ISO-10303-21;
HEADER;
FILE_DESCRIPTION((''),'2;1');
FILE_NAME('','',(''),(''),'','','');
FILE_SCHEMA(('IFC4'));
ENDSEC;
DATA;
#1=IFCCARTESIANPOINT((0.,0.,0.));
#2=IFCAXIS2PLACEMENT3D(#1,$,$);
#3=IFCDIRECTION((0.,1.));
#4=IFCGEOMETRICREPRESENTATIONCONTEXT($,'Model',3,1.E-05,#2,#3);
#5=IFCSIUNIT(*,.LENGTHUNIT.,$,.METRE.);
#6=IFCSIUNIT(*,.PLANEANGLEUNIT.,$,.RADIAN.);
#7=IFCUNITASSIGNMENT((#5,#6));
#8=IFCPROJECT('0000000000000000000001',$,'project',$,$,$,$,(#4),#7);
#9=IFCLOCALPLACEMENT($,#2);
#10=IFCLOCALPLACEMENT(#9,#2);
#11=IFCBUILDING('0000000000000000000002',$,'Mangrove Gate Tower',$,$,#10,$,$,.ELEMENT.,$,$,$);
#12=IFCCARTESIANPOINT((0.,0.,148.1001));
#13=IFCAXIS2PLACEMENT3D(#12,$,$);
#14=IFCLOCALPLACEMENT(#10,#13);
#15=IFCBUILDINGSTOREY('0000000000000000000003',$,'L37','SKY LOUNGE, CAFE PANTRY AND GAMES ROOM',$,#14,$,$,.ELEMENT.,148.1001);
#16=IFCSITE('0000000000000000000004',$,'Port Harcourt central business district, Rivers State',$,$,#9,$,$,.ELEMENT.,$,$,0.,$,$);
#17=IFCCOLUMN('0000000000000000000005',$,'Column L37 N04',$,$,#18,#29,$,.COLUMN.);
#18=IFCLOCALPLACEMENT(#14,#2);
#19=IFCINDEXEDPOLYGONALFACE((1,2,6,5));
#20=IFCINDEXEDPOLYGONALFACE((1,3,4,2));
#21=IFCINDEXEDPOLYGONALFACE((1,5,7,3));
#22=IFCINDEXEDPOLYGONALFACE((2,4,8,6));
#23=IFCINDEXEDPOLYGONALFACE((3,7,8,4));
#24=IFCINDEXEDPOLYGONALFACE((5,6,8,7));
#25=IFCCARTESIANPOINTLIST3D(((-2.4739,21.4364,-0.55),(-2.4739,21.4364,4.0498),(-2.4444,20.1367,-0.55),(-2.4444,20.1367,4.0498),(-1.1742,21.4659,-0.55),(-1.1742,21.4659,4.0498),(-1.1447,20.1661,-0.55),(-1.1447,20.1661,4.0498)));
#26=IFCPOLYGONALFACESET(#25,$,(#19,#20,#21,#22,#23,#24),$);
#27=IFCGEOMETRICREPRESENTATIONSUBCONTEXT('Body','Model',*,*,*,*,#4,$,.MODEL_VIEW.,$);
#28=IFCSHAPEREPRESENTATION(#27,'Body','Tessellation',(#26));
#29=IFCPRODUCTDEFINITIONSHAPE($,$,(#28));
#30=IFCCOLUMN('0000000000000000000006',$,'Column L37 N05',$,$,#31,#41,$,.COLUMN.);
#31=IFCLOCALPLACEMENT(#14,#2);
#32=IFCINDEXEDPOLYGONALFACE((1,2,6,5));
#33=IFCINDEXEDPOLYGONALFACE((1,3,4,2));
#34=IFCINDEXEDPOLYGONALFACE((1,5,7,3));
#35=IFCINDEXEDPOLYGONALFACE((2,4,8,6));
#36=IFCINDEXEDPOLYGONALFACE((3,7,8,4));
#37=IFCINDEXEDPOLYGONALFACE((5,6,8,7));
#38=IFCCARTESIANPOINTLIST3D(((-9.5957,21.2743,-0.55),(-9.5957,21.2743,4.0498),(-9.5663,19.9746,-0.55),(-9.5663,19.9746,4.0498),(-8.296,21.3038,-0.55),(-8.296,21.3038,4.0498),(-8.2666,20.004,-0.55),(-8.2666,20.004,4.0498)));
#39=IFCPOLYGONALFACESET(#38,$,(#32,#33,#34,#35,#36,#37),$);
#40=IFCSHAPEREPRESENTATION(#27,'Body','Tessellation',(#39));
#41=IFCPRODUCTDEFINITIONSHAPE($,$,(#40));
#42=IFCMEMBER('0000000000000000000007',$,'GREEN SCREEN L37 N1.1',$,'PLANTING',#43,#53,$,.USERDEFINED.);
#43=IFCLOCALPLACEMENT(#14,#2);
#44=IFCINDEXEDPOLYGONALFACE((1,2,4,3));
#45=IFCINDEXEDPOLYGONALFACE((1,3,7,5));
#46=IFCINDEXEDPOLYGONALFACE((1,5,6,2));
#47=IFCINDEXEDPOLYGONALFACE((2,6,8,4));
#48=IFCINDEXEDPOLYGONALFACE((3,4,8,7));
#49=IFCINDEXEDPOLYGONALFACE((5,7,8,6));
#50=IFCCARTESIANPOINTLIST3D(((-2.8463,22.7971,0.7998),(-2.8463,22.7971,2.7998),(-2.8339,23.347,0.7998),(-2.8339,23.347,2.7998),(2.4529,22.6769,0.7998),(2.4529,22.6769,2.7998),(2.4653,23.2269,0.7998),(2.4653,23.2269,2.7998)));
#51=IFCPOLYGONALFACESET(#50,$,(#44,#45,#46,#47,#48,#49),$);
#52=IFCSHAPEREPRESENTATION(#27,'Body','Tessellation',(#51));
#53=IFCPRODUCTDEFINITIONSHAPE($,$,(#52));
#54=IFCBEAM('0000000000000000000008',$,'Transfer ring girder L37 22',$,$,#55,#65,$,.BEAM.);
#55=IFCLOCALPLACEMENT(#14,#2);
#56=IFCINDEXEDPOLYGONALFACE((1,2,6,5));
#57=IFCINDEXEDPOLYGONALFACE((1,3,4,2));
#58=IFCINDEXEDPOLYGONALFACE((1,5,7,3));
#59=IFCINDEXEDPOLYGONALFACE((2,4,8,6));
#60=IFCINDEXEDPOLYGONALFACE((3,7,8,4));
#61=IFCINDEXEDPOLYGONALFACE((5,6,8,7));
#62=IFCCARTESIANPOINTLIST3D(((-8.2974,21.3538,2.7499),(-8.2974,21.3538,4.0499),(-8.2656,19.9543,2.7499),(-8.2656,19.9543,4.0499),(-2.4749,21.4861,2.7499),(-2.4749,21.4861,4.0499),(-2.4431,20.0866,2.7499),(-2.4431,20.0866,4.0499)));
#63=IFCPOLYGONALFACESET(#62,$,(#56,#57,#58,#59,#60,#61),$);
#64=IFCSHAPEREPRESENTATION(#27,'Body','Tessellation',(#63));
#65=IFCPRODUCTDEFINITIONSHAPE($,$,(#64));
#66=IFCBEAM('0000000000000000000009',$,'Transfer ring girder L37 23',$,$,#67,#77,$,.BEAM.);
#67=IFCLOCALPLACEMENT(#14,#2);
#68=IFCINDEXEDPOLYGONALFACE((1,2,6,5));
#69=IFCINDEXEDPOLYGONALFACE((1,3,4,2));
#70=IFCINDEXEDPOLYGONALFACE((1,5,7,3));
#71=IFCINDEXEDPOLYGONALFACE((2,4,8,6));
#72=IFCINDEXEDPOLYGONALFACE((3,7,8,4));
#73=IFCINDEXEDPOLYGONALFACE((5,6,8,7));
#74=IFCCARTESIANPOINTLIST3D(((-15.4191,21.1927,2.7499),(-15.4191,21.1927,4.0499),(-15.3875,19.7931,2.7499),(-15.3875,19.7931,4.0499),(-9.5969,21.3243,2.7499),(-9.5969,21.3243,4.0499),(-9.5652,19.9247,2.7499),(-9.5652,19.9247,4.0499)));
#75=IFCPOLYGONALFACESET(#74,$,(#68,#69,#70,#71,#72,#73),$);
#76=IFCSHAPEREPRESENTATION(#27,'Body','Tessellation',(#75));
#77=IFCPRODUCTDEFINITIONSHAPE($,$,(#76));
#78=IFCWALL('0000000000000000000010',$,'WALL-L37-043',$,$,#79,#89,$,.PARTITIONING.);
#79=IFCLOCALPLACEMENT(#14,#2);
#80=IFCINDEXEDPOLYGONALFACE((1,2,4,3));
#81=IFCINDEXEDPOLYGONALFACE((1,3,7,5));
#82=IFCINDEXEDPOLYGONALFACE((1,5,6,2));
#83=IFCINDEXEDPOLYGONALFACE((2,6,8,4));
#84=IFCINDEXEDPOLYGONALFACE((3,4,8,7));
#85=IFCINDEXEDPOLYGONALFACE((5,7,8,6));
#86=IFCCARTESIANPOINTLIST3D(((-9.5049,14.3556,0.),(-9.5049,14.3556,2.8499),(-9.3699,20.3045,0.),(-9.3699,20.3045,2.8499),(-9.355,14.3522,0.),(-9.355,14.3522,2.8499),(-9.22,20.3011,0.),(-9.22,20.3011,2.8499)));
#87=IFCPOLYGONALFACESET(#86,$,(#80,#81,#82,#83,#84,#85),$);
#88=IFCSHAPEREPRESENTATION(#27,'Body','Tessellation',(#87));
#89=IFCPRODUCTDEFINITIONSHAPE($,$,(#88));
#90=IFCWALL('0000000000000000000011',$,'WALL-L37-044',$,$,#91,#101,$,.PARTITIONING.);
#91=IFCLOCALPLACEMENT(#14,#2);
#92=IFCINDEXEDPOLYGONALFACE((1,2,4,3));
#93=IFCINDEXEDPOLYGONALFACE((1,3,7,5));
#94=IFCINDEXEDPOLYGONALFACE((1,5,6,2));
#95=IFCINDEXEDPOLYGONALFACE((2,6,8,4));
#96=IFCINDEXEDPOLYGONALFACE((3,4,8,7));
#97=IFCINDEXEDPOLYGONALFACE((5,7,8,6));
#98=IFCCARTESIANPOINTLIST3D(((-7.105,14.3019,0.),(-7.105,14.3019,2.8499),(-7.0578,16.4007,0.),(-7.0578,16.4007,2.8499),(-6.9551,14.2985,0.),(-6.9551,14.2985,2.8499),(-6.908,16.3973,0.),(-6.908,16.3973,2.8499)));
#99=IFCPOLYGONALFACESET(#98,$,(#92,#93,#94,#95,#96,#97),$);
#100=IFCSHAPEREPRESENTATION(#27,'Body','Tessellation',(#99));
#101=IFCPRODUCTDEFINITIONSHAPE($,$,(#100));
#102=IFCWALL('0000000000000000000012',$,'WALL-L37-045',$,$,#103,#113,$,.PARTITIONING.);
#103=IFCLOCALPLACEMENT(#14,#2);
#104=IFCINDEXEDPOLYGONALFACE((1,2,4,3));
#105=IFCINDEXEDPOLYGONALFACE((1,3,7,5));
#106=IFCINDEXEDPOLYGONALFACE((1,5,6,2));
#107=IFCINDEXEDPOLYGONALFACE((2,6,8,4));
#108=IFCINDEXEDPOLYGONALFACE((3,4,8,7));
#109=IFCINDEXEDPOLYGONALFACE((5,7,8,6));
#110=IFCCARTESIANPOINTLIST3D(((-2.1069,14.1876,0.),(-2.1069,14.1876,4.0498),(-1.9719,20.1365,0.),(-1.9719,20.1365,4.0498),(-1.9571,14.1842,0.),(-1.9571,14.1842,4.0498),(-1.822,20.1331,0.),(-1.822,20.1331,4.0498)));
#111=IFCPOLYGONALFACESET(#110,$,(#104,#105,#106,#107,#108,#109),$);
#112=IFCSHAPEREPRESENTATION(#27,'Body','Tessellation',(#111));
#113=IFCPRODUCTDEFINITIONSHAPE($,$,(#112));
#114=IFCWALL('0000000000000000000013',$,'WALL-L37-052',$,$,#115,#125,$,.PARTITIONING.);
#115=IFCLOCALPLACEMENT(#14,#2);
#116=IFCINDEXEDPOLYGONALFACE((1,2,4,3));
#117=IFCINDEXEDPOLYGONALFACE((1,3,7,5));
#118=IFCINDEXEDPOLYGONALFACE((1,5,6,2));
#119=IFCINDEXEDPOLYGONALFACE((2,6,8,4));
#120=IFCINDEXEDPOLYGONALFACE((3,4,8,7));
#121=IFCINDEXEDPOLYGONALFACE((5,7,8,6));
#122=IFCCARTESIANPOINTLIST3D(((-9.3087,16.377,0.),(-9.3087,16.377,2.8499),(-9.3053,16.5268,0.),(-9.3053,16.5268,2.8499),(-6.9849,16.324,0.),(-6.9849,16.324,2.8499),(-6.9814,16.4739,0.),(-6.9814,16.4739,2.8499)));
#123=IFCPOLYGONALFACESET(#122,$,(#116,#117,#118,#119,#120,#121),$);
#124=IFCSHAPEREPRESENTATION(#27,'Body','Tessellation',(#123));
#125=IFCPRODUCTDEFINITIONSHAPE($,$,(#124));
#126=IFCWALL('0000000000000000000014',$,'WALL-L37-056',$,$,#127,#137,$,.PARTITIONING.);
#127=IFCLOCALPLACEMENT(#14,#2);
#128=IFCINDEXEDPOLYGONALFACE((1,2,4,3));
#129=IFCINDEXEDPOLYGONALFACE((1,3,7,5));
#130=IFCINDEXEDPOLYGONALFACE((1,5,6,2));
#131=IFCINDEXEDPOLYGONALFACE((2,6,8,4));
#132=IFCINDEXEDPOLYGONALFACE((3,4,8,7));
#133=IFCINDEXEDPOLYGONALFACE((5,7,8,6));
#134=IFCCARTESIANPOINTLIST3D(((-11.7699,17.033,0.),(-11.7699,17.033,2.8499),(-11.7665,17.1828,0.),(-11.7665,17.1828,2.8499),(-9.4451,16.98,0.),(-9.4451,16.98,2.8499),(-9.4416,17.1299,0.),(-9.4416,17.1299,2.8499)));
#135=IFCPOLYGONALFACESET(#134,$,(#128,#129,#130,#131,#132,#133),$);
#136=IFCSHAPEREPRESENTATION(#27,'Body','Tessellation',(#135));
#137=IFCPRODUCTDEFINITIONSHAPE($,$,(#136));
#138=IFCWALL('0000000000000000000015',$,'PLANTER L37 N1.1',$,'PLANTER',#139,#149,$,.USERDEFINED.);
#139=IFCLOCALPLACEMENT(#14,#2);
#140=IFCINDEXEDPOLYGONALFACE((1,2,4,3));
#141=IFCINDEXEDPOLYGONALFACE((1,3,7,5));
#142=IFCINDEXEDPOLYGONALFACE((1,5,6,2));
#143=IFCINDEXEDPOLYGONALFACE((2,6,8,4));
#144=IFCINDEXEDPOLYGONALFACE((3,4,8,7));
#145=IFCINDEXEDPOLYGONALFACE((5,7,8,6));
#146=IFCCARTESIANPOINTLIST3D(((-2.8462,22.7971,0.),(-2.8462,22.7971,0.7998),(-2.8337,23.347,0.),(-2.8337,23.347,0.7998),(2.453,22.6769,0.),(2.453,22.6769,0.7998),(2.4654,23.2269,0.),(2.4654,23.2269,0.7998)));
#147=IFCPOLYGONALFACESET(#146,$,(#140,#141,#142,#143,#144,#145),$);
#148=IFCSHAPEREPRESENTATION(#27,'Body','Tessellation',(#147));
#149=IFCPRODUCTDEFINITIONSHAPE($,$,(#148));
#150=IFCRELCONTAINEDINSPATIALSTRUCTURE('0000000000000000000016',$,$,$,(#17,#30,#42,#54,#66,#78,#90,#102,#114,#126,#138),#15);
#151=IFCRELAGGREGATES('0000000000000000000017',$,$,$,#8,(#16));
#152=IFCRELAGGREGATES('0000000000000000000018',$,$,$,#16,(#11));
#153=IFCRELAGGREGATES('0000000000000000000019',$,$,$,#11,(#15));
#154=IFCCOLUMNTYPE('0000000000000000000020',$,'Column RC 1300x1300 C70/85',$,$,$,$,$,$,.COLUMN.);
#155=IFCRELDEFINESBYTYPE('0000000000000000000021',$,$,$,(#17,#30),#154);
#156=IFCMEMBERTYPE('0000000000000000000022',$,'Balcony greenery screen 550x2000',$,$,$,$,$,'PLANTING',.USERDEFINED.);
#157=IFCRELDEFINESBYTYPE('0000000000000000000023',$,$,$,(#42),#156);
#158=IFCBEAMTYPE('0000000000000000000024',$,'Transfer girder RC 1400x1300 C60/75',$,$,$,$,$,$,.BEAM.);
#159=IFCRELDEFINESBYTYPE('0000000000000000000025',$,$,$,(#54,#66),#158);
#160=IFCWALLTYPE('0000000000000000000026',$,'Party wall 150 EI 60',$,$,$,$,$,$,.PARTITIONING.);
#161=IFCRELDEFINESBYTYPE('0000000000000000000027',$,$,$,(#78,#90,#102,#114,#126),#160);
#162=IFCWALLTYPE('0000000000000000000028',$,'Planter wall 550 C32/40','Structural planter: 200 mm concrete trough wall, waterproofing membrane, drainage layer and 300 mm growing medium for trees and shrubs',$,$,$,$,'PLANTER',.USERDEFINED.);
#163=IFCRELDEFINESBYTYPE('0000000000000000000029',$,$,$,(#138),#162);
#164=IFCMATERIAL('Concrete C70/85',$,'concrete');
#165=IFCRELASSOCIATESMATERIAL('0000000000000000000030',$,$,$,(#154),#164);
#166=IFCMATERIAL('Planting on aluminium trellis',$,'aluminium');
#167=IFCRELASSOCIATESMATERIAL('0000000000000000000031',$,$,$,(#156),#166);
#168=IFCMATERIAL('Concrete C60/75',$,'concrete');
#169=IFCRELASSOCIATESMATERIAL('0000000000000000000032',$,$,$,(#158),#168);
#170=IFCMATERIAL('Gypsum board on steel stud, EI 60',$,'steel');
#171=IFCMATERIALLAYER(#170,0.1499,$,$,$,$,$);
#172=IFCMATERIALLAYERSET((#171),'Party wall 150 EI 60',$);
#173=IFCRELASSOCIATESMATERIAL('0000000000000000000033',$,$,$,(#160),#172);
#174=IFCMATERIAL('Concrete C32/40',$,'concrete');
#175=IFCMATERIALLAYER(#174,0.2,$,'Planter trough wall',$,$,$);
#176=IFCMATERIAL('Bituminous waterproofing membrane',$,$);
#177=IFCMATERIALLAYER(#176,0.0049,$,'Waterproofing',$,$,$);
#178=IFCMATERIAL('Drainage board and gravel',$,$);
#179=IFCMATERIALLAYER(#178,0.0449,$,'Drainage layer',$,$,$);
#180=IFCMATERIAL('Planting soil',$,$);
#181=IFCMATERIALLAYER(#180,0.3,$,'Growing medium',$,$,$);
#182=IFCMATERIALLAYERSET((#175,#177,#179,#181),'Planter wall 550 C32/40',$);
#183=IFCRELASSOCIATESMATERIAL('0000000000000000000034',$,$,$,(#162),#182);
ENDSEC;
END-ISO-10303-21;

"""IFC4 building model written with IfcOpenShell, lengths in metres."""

from ifc_helpers import new_model, si_unit, direction, frame, frame_2d, origin, origin_2d, place, context, subcontext, project, spatial, rectangle, extrude, material, layer, layer_set, material_profile, profile_set, type_object, element, save


model = new_model("IFC4")

# Units and contexts
model_context = context("Model", 3, precision=1e-05, world=origin(), true_north=direction((0.0, 1.0)))
body_context = subcontext(model_context, "Body", "Model", "MODEL_VIEW")
ifc_project = project(units=[si_unit("LENGTHUNIT", "METRE"), si_unit("PLANEANGLEUNIT", "RADIAN")], contexts=[model_context])

# Site, building, storey
site_placement = place(None, origin())
site = spatial("IfcSite", under=ifc_project, at=site_placement, Name="Port Harcourt central business district, Rivers State", CompositionType="ELEMENT", RefElevation=0.0)
building_placement = place(site_placement, origin())
building = spatial("IfcBuilding", under=site, at=building_placement, Name="Mangrove Gate Tower", CompositionType="ELEMENT")
storey_placement = place(building_placement, frame((0.0, 0.0, 148.1001)))
storey = spatial("IfcBuildingStorey", under=building, at=storey_placement, Name="L37", Description="SKY LOUNGE, CAFE PANTRY AND GAMES ROOM", CompositionType="ELEMENT", Elevation=148.1001)

# Columns
ifc_material_1 = material(Name="Concrete C70/85", Category="concrete")
ifc_material_profile_1 = material_profile(ifc_material_1, rectangle(XDim=1.3, YDim=1.3, at=origin_2d()))
ifc_profile_set_1 = profile_set([ifc_material_profile_1], Name="Concrete C70/85")
column_type = type_object("IfcColumnType", Name="Column RC 1300x1300 C70/85", PredefinedType="COLUMN", material=ifc_profile_set_1)
for number, where, z_axis, x_axis, name in (
    (1, (-1.8093, 20.8013, -0.55), (0.0, 0.0, 1.0), (-0.999743, -0.02267, 0.0), "Column L37 N04"),
    (2, (-8.9312, 20.6392, -0.55), (0.0, 0.0, 1.0), (-0.999743, -0.02267, 0.0), "Column L37 N05"),
):
    element("IfcColumn", number, at=place(storey_placement, frame(where, z_axis=z_axis, x_axis=x_axis)), inside=storey, type_object=column_type, Name=name, PredefinedType="COLUMN", context=body_context, shape_type="SweptSolid", body=[
        extrude(rectangle(XDim=1.3, YDim=1.3, at=origin_2d()), origin(), (0.0, 0.0, 1.0), 4.5999),
    ])

# Member
ifc_material_2 = material(Name="Planting on aluminium trellis", Category="aluminium")
ifc_material_profile_2 = material_profile(ifc_material_2, rectangle(XDim=0.55, YDim=2.0, at=origin_2d()))
ifc_profile_set_2 = profile_set([ifc_material_profile_2], Name="Planting on aluminium trellis")
member_type = type_object("IfcMemberType", Name="Balcony greenery screen 550x2000", ElementType="PLANTING", PredefinedType="USERDEFINED", material=ifc_profile_set_2)
member_placement = place(storey_placement, frame((-2.8401, 23.072, 1.7998), z_axis=(0.999743, -0.022662, 0.0), x_axis=(0.022662, 0.999743, 0.0)))
element("IfcMember", 3, at=member_placement, inside=storey, type_object=member_type, Name="GREEN SCREEN L37 N1.1", ObjectType="PLANTING", PredefinedType="USERDEFINED", context=body_context, shape_type="SweptSolid", body=[
    extrude(rectangle(XDim=0.55, YDim=2.0, at=origin_2d()), origin(), (0.0, 0.0, 1.0), 5.3005),
])

# Beams
ifc_material_3 = material(Name="Concrete C60/75", Category="concrete")
ifc_material_profile_3 = material_profile(ifc_material_3, rectangle(XDim=1.3999, YDim=1.3, at=origin_2d()))
ifc_profile_set_3 = profile_set([ifc_material_profile_3], Name="Concrete C60/75")
beam_type = type_object("IfcBeamType", Name="Transfer girder RC 1400x1300 C60/75", PredefinedType="BEAM", material=ifc_profile_set_3)
beam_1_placement = place(storey_placement, frame((-2.459, 20.7864, 3.3999), z_axis=(-0.999742, -0.02272, 0.0), x_axis=(0.02272, -0.999742, 0.0)))
element("IfcBeam", 4, at=beam_1_placement, inside=storey, type_object=beam_type, Name="Transfer ring girder L37 22", PredefinedType="BEAM", context=body_context, shape_type="SweptSolid", body=[
    extrude(rectangle(XDim=1.3999, YDim=1.3, at=origin_2d()), origin(), (0.0, 0.0, 1.0), 5.824),
])
beam_2_placement = place(storey_placement, frame((-9.5811, 20.6245, 3.3999), z_axis=(-0.999745, -0.022596, 0.0), x_axis=(0.022596, -0.999745, 0.0)))
element("IfcBeam", 5, at=beam_2_placement, inside=storey, type_object=beam_type, Name="Transfer ring girder L37 23", PredefinedType="BEAM", context=body_context, shape_type="SweptSolid", body=[
    extrude(rectangle(XDim=1.3999, YDim=1.3, at=origin_2d()), origin(), (0.0, 0.0, 1.0), 5.8237),
])

# Walls
ifc_material_4 = material(Name="Gypsum board on steel stud, EI 60", Category="steel")
ifc_layer_1 = layer(ifc_material_4, 0.1499)
ifc_layer_set_1 = layer_set([ifc_layer_1], Name="Party wall 150 EI 60")
wall_type_1 = type_object("IfcWallType", Name="Party wall 150 EI 60", PredefinedType="PARTITIONING", material=ifc_layer_set_1)
wall_1_placement = place(storey_placement, frame((-9.4299, 14.354, 0.0), z_axis=(0.0, 0.0, 1.0), x_axis=(0.022689, 0.999743, 0.0)))
element("IfcWall", 6, at=wall_1_placement, inside=storey, type_object=wall_type_1, Name="WALL-L37-043", PredefinedType="PARTITIONING", context=body_context, shape_type="SweptSolid", body=[
    extrude(rectangle(XDim=5.9504, YDim=0.1499, at=frame_2d((2.9751, 0.0))), origin(), (0.0, 0.0, 1.0), 2.8499),
])
wall_2_placement = place(storey_placement, frame((-7.03, 14.3, 0.0), z_axis=(0.0, 0.0, 1.0), x_axis=(0.022444, 0.999748, 0.0)))
element("IfcWall", 7, at=wall_2_placement, inside=storey, type_object=wall_type_1, Name="WALL-L37-044", PredefinedType="PARTITIONING", context=body_context, shape_type="SweptSolid", body=[
    extrude(rectangle(XDim=2.0994, YDim=0.1499, at=frame_2d((1.0498, 0.0))), origin(), (0.0, 0.0, 1.0), 2.8499),
])
wall_3_placement = place(storey_placement, frame((-2.032, 14.186, 0.0), z_axis=(0.0, 0.0, 1.0), x_axis=(0.022689, 0.999743, 0.0)))
element("IfcWall", 8, at=wall_3_placement, inside=storey, type_object=wall_type_1, Name="WALL-L37-045", PredefinedType="PARTITIONING", context=body_context, shape_type="SweptSolid", body=[
    extrude(rectangle(XDim=5.9504, YDim=0.1499, at=frame_2d((2.9751, 0.0))), origin(), (0.0, 0.0, 1.0), 4.0498),
])
wall_4_placement = place(storey_placement, frame((-9.3069, 16.4519, 0.0), z_axis=(0.0, 0.0, 1.0), x_axis=(0.99974, -0.022791, 0.0)))
element("IfcWall", 9, at=wall_4_placement, inside=storey, type_object=wall_type_1, Name="WALL-L37-052", PredefinedType="PARTITIONING", context=body_context, shape_type="SweptSolid", body=[
    extrude(rectangle(XDim=2.3245, YDim=0.1499, at=frame_2d((1.1621, 0.0))), origin(), (0.0, 0.0, 1.0), 2.8499),
])
wall_5_placement = place(storey_placement, frame((-11.7681, 17.1079, 0.0), z_axis=(0.0, 0.0, 1.0), x_axis=(0.99974, -0.022781, 0.0)))
element("IfcWall", 10, at=wall_5_placement, inside=storey, type_object=wall_type_1, Name="WALL-L37-056", PredefinedType="PARTITIONING", context=body_context, shape_type="SweptSolid", body=[
    extrude(rectangle(XDim=2.3254, YDim=0.1499, at=frame_2d((1.1626, 0.0))), origin(), (0.0, 0.0, 1.0), 2.8499),
])
ifc_material_5 = material(Name="Concrete C32/40", Category="concrete")
ifc_layer_2 = layer(ifc_material_5, 0.2, Name="Planter trough wall")
ifc_material_6 = material(Name="Bituminous waterproofing membrane")
ifc_layer_3 = layer(ifc_material_6, 0.0049, Name="Waterproofing")
ifc_material_7 = material(Name="Drainage board and gravel")
ifc_layer_4 = layer(ifc_material_7, 0.0449, Name="Drainage layer")
ifc_material_8 = material(Name="Planting soil")
ifc_layer_5 = layer(ifc_material_8, 0.3, Name="Growing medium")
ifc_layer_set_2 = layer_set([ifc_layer_2, ifc_layer_3, ifc_layer_4, ifc_layer_5], Name="Planter wall 550 C32/40")
wall_type_2 = type_object("IfcWallType", Name="Planter wall 550 C32/40", Description="Structural planter: 200 mm concrete trough wall, waterproofing membrane, drainage layer and 300 mm growing medium for trees and shrubs", ElementType="PLANTER", PredefinedType="USERDEFINED", material=ifc_layer_set_2)
wall_6_placement = place(storey_placement, frame((-2.8401, 23.072, 0.0), z_axis=(0.0, 0.0, 1.0), x_axis=(0.999743, -0.022662, 0.0)))
element("IfcWall", 11, at=wall_6_placement, inside=storey, type_object=wall_type_2, Name="PLANTER L37 N1.1", ObjectType="PLANTER", PredefinedType="USERDEFINED", context=body_context, shape_type="SweptSolid", body=[
    extrude(rectangle(XDim=5.3005, YDim=0.55, at=frame_2d((2.6504, 0.0))), origin(), (0.0, 0.0, 1.0), 0.7998),
])

save(model, "model.ifc")
